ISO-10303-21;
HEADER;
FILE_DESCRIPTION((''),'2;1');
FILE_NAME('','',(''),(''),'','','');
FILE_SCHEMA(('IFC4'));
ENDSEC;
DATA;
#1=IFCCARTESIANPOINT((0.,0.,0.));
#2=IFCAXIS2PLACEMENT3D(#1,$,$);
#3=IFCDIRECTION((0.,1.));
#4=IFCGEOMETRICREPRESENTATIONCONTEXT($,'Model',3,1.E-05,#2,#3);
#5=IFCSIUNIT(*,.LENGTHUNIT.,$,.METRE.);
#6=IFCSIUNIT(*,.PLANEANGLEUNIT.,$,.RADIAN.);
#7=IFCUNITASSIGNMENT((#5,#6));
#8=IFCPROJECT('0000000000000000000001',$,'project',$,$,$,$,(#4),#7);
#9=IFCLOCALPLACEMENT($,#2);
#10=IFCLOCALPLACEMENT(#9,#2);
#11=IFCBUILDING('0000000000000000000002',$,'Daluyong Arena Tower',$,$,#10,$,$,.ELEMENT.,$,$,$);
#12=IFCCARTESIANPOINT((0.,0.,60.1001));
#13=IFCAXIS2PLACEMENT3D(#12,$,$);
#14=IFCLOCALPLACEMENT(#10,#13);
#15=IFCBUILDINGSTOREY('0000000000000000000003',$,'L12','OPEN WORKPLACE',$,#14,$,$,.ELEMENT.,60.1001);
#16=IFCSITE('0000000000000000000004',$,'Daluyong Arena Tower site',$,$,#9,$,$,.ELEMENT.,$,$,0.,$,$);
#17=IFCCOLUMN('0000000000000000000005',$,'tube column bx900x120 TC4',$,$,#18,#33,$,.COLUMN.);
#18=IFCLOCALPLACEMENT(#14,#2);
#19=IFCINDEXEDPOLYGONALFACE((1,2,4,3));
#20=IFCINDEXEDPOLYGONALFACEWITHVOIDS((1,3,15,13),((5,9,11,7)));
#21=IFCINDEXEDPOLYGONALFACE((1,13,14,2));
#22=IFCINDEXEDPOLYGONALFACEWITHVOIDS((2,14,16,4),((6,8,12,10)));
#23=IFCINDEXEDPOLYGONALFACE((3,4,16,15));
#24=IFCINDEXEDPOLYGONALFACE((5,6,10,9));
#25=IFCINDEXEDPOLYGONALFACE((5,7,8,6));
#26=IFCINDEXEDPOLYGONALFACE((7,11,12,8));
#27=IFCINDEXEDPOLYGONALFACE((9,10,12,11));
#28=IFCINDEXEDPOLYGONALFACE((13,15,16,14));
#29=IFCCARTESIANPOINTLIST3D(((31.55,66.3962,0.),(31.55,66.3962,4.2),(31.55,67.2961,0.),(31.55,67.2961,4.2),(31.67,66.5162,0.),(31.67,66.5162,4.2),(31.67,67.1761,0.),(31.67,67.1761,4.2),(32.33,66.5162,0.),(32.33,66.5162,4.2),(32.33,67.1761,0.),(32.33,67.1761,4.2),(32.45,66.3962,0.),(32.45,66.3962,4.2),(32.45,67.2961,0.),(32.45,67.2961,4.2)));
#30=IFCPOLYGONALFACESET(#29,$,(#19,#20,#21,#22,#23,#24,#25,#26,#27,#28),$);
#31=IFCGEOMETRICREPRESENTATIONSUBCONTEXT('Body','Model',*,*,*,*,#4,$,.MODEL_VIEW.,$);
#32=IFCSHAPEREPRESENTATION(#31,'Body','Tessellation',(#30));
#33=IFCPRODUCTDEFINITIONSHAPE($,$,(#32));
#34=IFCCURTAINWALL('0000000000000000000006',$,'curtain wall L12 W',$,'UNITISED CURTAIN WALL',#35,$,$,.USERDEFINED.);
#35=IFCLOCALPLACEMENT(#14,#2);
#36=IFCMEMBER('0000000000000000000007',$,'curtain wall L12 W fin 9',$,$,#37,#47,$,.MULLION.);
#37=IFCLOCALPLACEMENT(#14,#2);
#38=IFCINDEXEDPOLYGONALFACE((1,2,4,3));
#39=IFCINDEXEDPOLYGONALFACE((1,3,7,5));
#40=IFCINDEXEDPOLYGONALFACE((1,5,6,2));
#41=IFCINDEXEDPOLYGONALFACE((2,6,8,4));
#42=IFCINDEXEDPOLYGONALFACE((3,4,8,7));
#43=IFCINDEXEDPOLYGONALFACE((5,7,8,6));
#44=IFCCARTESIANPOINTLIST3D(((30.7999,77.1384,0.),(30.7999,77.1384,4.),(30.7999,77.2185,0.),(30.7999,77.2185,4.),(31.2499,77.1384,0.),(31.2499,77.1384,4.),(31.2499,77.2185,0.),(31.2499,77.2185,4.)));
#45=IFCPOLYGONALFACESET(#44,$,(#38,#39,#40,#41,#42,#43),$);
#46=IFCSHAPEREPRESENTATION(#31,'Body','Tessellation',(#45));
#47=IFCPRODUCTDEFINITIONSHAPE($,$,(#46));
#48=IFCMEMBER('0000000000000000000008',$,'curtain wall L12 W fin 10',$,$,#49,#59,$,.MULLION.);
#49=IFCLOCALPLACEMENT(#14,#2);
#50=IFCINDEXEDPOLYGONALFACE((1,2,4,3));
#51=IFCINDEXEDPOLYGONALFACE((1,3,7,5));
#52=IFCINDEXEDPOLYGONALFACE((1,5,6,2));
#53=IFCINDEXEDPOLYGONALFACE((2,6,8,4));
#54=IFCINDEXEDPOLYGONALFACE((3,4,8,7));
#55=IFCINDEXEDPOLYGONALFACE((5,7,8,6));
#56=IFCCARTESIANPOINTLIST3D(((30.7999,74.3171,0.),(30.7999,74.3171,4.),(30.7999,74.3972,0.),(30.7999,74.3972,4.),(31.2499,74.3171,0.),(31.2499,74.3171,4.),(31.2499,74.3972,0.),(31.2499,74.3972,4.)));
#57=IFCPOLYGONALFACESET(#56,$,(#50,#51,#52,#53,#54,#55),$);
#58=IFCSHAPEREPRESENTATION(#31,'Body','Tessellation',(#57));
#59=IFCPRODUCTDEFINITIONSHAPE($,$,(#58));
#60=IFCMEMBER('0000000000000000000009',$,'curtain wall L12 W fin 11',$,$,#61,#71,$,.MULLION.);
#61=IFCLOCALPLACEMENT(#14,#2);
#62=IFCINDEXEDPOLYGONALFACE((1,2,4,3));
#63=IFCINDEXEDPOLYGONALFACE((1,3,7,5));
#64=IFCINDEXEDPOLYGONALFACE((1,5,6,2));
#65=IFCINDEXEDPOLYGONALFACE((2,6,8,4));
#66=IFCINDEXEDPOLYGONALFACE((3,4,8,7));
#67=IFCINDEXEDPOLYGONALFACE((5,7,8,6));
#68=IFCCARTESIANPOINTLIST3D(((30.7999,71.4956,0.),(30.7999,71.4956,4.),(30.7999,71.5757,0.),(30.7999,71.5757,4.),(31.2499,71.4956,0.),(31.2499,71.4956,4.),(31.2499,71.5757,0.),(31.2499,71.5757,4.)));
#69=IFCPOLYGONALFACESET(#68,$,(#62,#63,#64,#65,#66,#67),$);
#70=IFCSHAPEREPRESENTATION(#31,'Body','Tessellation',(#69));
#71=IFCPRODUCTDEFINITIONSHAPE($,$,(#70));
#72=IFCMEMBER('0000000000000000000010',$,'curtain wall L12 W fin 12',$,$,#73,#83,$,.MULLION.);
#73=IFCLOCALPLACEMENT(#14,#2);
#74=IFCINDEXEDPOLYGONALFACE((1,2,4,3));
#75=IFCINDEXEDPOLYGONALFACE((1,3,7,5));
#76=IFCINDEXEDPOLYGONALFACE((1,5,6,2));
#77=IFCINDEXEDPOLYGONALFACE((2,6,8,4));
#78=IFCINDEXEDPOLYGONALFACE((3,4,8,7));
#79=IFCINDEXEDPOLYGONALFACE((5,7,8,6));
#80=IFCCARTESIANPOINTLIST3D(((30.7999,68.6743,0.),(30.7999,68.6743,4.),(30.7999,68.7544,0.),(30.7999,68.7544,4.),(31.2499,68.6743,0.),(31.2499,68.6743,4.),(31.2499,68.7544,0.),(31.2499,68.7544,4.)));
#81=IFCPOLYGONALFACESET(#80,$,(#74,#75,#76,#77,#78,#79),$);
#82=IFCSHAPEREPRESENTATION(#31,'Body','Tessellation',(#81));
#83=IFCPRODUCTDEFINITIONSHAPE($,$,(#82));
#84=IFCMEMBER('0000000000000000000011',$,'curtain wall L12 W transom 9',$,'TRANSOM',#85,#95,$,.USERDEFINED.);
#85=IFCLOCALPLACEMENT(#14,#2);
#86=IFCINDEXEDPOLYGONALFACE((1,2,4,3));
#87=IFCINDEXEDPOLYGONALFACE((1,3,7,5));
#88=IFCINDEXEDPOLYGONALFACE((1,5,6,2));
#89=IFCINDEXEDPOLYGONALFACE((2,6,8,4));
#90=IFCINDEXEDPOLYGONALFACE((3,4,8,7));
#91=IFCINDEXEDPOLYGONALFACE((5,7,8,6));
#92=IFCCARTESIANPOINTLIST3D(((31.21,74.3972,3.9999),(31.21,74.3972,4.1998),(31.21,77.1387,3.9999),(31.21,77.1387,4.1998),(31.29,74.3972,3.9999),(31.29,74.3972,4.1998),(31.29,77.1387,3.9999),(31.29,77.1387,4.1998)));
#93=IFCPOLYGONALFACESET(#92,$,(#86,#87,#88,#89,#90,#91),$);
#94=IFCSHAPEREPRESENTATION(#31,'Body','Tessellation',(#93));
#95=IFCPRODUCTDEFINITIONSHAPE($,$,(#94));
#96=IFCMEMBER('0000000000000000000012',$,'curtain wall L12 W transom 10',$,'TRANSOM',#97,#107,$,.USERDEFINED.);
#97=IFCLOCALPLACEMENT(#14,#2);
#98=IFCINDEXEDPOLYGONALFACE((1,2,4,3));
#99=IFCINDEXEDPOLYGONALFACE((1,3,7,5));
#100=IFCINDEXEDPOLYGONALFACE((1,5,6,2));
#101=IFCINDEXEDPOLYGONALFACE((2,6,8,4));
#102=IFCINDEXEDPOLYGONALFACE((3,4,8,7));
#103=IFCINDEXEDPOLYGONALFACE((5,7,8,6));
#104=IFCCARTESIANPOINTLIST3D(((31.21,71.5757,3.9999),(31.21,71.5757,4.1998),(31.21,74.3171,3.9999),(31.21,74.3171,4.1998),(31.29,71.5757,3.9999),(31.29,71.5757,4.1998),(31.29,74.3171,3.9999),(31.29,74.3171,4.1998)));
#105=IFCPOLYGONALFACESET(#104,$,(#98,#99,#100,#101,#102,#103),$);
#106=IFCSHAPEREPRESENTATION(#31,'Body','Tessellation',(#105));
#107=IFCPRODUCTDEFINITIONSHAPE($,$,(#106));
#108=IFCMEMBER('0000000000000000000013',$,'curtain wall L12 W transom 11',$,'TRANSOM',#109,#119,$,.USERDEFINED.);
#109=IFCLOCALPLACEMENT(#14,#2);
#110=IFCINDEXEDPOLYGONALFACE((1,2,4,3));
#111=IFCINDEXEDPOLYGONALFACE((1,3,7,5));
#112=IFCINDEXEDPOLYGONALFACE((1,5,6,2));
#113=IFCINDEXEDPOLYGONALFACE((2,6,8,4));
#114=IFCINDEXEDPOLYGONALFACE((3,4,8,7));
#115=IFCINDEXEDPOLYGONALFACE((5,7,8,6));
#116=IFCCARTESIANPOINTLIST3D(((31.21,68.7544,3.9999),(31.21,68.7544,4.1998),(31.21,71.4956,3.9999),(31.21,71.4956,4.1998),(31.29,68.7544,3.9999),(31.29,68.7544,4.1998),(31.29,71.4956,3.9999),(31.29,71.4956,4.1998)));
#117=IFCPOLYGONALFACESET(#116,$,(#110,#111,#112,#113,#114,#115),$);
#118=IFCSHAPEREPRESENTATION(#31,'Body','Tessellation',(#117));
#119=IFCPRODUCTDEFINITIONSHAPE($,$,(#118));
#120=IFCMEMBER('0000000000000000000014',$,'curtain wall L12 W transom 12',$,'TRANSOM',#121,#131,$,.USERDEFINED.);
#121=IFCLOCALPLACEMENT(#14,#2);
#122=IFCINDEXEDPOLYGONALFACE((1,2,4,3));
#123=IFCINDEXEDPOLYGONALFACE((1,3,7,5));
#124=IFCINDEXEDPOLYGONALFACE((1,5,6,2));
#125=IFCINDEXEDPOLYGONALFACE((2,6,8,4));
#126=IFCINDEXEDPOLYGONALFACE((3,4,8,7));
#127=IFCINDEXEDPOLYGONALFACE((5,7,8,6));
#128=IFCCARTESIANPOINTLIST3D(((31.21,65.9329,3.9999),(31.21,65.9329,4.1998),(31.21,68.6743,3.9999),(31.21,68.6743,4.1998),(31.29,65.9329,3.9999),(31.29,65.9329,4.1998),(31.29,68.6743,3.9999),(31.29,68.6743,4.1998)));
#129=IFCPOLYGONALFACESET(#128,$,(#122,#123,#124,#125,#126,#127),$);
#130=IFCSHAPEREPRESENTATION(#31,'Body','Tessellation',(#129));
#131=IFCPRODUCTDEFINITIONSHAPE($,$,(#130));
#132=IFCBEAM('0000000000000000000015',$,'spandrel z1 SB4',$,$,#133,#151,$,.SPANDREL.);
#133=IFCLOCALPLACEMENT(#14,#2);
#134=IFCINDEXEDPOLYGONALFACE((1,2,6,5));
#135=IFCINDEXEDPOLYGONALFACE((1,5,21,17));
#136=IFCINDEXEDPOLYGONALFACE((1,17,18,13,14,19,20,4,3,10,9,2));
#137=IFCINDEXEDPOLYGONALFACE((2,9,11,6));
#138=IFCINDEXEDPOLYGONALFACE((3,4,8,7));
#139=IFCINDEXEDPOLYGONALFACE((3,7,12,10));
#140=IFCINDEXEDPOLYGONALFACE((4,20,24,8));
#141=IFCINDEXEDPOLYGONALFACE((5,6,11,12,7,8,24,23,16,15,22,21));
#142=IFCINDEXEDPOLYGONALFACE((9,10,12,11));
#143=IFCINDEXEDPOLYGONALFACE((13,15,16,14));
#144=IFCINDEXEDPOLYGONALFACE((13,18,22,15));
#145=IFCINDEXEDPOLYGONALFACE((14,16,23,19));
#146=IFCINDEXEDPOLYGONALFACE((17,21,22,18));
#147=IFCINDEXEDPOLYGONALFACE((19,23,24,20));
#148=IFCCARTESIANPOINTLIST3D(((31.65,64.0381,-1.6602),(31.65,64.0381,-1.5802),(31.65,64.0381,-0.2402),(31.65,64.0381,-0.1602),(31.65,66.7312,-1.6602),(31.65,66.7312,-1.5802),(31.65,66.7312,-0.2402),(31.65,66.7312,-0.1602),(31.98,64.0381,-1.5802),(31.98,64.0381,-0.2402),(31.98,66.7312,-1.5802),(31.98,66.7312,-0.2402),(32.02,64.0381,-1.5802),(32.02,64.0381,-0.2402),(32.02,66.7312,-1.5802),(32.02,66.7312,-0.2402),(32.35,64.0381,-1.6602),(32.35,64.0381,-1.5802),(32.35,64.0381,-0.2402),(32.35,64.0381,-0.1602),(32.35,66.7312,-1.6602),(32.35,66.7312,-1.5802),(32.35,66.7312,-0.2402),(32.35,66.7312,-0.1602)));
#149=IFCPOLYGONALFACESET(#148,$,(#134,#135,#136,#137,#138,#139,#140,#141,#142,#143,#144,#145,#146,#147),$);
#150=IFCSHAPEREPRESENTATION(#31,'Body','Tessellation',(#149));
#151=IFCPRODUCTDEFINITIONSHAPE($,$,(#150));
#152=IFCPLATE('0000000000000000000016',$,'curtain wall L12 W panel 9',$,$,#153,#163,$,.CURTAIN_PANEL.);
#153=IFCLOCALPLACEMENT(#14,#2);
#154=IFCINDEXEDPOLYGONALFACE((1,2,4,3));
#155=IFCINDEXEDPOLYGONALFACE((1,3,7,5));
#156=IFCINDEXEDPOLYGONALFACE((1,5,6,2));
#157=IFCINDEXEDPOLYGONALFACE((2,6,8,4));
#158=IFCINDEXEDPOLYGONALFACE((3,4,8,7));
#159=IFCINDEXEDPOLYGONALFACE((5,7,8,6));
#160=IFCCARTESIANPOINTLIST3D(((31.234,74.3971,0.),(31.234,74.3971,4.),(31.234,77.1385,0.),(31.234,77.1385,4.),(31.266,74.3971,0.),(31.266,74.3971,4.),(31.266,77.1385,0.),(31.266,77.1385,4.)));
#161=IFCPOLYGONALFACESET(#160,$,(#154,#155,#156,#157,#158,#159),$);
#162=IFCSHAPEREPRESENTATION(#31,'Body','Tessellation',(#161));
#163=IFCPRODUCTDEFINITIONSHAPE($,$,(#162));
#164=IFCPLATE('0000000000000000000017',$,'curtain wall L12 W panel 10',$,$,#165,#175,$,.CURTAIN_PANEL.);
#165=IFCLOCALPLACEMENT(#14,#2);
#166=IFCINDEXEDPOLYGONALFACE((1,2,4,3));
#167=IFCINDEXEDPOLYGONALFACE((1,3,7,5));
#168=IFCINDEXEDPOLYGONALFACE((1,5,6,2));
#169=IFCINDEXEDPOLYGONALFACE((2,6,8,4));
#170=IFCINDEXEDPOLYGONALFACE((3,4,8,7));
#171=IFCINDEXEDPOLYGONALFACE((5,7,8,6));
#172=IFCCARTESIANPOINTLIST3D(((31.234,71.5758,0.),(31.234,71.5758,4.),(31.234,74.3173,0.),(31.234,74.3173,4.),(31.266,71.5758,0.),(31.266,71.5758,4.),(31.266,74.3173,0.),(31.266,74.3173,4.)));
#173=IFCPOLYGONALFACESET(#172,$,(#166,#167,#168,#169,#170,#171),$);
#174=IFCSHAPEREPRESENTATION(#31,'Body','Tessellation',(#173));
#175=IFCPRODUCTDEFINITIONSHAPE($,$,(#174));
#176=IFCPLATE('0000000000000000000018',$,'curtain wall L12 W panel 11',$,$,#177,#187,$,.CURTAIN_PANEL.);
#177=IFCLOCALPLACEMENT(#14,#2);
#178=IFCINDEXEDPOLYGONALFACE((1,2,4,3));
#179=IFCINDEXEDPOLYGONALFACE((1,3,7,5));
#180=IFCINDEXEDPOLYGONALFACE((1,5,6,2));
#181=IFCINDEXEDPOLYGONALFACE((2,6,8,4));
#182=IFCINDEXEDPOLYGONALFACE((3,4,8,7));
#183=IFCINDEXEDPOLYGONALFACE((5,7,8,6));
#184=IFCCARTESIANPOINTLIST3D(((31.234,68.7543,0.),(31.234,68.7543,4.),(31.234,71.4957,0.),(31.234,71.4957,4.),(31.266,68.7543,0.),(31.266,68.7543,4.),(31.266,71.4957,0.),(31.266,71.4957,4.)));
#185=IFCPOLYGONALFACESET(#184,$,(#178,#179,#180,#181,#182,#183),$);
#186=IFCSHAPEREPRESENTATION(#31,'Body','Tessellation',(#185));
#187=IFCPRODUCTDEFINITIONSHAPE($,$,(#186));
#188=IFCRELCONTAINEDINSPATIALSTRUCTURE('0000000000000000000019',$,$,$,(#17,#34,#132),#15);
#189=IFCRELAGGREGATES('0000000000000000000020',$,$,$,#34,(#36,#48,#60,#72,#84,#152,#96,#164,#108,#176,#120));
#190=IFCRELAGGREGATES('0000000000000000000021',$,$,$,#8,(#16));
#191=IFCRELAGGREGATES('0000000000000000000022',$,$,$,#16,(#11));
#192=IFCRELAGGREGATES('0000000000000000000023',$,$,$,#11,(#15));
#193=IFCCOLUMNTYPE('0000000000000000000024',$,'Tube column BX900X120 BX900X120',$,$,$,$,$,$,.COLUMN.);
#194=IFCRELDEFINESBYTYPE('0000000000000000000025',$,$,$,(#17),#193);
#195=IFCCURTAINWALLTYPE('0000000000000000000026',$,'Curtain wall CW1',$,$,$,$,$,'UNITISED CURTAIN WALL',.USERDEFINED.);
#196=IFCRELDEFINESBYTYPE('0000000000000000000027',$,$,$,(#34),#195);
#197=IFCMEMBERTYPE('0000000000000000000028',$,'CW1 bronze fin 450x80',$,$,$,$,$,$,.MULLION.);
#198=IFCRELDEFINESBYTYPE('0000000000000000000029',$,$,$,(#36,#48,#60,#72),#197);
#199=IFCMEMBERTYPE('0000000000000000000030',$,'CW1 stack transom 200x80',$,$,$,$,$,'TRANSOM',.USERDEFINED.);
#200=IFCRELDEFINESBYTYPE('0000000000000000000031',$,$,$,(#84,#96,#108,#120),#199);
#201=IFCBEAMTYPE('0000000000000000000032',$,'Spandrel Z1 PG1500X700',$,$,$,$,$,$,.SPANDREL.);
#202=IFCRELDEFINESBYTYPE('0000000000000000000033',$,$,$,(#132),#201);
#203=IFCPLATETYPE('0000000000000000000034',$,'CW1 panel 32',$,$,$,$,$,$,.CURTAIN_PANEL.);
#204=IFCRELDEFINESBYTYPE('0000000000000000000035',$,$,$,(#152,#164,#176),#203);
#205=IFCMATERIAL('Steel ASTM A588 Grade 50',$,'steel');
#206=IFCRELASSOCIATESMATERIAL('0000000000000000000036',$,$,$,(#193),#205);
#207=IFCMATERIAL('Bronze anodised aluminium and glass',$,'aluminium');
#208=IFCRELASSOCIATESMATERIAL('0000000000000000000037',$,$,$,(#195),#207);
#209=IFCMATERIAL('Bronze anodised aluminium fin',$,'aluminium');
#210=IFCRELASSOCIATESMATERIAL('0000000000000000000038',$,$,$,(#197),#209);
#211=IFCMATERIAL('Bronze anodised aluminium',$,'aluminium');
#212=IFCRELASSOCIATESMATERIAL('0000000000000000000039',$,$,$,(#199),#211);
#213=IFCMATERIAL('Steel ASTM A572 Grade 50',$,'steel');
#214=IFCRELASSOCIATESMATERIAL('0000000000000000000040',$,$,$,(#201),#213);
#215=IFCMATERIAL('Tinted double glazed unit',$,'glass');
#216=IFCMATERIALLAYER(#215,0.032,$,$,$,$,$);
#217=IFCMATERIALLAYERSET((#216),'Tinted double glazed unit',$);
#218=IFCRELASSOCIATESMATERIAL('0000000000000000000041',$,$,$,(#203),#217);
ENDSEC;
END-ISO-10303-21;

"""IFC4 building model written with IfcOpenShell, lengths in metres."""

from ifc_helpers import new_model, si_unit, direction, frame, origin, origin_2d, place, context, subcontext, project, spatial, rectangle, hollow_rectangle, i_section, extrude, material, layer, layer_set, material_profile, profile_set, type_object, element, aggregate, save


model = new_model("IFC4")

# Units and contexts
model_context = context("Model", 3, precision=1e-05, world=origin(), true_north=direction((0.0, 1.0)))
body_context = subcontext(model_context, "Body", "Model", "MODEL_VIEW")
ifc_project = project(units=[si_unit("LENGTHUNIT", "METRE"), si_unit("PLANEANGLEUNIT", "RADIAN")], contexts=[model_context])

# Site, building, storey
site_placement = place(None, origin())
site = spatial("IfcSite", under=ifc_project, at=site_placement, Name="Daluyong Arena Tower site", CompositionType="ELEMENT", RefElevation=0.0)
building_placement = place(site_placement, origin())
building = spatial("IfcBuilding", under=site, at=building_placement, Name="Daluyong Arena Tower", CompositionType="ELEMENT")
storey_placement = place(building_placement, frame((0.0, 0.0, 60.1001)))
storey = spatial("IfcBuildingStorey", under=building, at=storey_placement, Name="L12", Description="OPEN WORKPLACE", CompositionType="ELEMENT", Elevation=60.1001)

# Column
ifc_material_1 = material(Name="Steel ASTM A588 Grade 50", Category="steel")
ifc_material_profile_1 = material_profile(ifc_material_1, hollow_rectangle(XDim=0.8999, YDim=0.8999, WallThickness=0.12, at=origin_2d()))
ifc_profile_set_1 = profile_set([ifc_material_profile_1], Name="Steel ASTM A588 Grade 50")
column_type = type_object("IfcColumnType", Name="Tube column BX900X120 BX900X120", PredefinedType="COLUMN", material=ifc_profile_set_1)
column_placement = place(storey_placement, frame((32.0, 66.8462, 0.0), z_axis=(0.0, 0.0, 1.0), x_axis=(0.0, 1.0, 0.0)))
element("IfcColumn", 1, at=column_placement, inside=storey, type_object=column_type, Name="tube column bx900x120 TC4", PredefinedType="COLUMN", context=body_context, shape_type="SweptSolid", body=[
    extrude(hollow_rectangle(XDim=0.8999, YDim=0.8999, WallThickness=0.12, at=origin_2d()), origin(), (0.0, 0.0, 1.0), 4.2),
])

# Curtain wall, members
ifc_material_2 = material(Name="Bronze anodised aluminium and glass", Category="aluminium")
curtain_wall_type = type_object("IfcCurtainWallType", Name="Curtain wall CW1", ElementType="UNITISED CURTAIN WALL", PredefinedType="USERDEFINED", material=ifc_material_2)
curtain_wall_placement = place(storey_placement, origin())
curtain_wall = element("IfcCurtainWall", 2, at=curtain_wall_placement, inside=storey, type_object=curtain_wall_type, Name="curtain wall L12 W", ObjectType="UNITISED CURTAIN WALL", PredefinedType="USERDEFINED")
ifc_material_3 = material(Name="Bronze anodised aluminium fin", Category="aluminium")
ifc_material_profile_2 = material_profile(ifc_material_3, rectangle(XDim=0.45, YDim=0.0801, at=origin_2d()))
ifc_profile_set_2 = profile_set([ifc_material_profile_2], Name="Bronze anodised aluminium fin")
member_type_1 = type_object("IfcMemberType", Name="CW1 bronze fin 450x80", PredefinedType="MULLION", material=ifc_profile_set_2)
member_1_placement = place(storey_placement, frame((31.0249, 77.1785, 0.0), z_axis=(0.0, 0.0, 1.0), x_axis=(1.0, 0.0, 0.0)))
member_1 = element("IfcMember", 3, at=member_1_placement, type_object=member_type_1, Name="curtain wall L12 W fin 9", PredefinedType="MULLION", context=body_context, shape_type="SweptSolid", body=[
    extrude(rectangle(XDim=0.45, YDim=0.0801, at=origin_2d()), origin(), (0.0, 0.0, 1.0), 4.0),
])
member_2_placement = place(storey_placement, frame((31.0249, 74.3572, 0.0), z_axis=(0.0, 0.0, 1.0), x_axis=(1.0, 0.0, 0.0)))
member_2 = element("IfcMember", 4, at=member_2_placement, type_object=member_type_1, Name="curtain wall L12 W fin 10", PredefinedType="MULLION", context=body_context, shape_type="SweptSolid", body=[
    extrude(rectangle(XDim=0.45, YDim=0.0801, at=origin_2d()), origin(), (0.0, 0.0, 1.0), 4.0),
])
member_3_placement = place(storey_placement, frame((31.0249, 71.5356, 0.0), z_axis=(0.0, 0.0, 1.0), x_axis=(1.0, 0.0, 0.0)))
member_3 = element("IfcMember", 5, at=member_3_placement, type_object=member_type_1, Name="curtain wall L12 W fin 11", PredefinedType="MULLION", context=body_context, shape_type="SweptSolid", body=[
    extrude(rectangle(XDim=0.45, YDim=0.0801, at=origin_2d()), origin(), (0.0, 0.0, 1.0), 4.0),
])
member_4_placement = place(storey_placement, frame((31.0249, 68.7144, 0.0), z_axis=(0.0, 0.0, 1.0), x_axis=(1.0, 0.0, 0.0)))
member_4 = element("IfcMember", 6, at=member_4_placement, type_object=member_type_1, Name="curtain wall L12 W fin 12", PredefinedType="MULLION", context=body_context, shape_type="SweptSolid", body=[
    extrude(rectangle(XDim=0.45, YDim=0.0801, at=origin_2d()), origin(), (0.0, 0.0, 1.0), 4.0),
])
ifc_material_4 = material(Name="Bronze anodised aluminium", Category="aluminium")
ifc_material_profile_3 = material_profile(ifc_material_4, rectangle(XDim=0.0801, YDim=0.2, at=origin_2d()))
ifc_profile_set_3 = profile_set([ifc_material_profile_3], Name="Bronze anodised aluminium")
member_type_2 = type_object("IfcMemberType", Name="CW1 stack transom 200x80", ElementType="TRANSOM", PredefinedType="USERDEFINED", material=ifc_profile_set_3)
member_5_placement = place(storey_placement, frame((31.25, 77.1387, 4.0999), z_axis=(0.0, -1.0, 0.0), x_axis=(1.0, 0.0, 0.0)))
member_5 = element("IfcMember", 7, at=member_5_placement, type_object=member_type_2, Name="curtain wall L12 W transom 9", ObjectType="TRANSOM", PredefinedType="USERDEFINED", context=body_context, shape_type="SweptSolid", body=[
    extrude(rectangle(XDim=0.0801, YDim=0.2, at=origin_2d()), origin(), (0.0, 0.0, 1.0), 2.7415),
])
member_6_placement = place(storey_placement, frame((31.25, 74.3171, 4.0999), z_axis=(0.0, -1.0, 0.0), x_axis=(1.0, 0.0, 0.0)))
member_6 = element("IfcMember", 8, at=member_6_placement, type_object=member_type_2, Name="curtain wall L12 W transom 10", ObjectType="TRANSOM", PredefinedType="USERDEFINED", context=body_context, shape_type="SweptSolid", body=[
    extrude(rectangle(XDim=0.0801, YDim=0.2, at=origin_2d()), origin(), (0.0, 0.0, 1.0), 2.7415),
])
member_7_placement = place(storey_placement, frame((31.25, 71.4956, 4.0999), z_axis=(0.0, -1.0, 0.0), x_axis=(1.0, 0.0, 0.0)))
member_7 = element("IfcMember", 9, at=member_7_placement, type_object=member_type_2, Name="curtain wall L12 W transom 11", ObjectType="TRANSOM", PredefinedType="USERDEFINED", context=body_context, shape_type="SweptSolid", body=[
    extrude(rectangle(XDim=0.0801, YDim=0.2, at=origin_2d()), origin(), (0.0, 0.0, 1.0), 2.7412),
])
member_8_placement = place(storey_placement, frame((31.25, 68.6743, 4.0999), z_axis=(0.0, -1.0, 0.0), x_axis=(1.0, 0.0, 0.0)))
member_8 = element("IfcMember", 10, at=member_8_placement, type_object=member_type_2, Name="curtain wall L12 W transom 12", ObjectType="TRANSOM", PredefinedType="USERDEFINED", context=body_context, shape_type="SweptSolid", body=[
    extrude(rectangle(XDim=0.0801, YDim=0.2, at=origin_2d()), origin(), (0.0, 0.0, 1.0), 2.7415),
])

# Beam
ifc_material_5 = material(Name="Steel ASTM A572 Grade 50", Category="steel")
ifc_material_profile_4 = material_profile(ifc_material_5, i_section(OverallWidth=0.7, OverallDepth=1.5, WebThickness=0.04, FlangeThickness=0.08, at=origin_2d()))
ifc_profile_set_4 = profile_set([ifc_material_profile_4], Name="Steel ASTM A572 Grade 50")
beam_type = type_object("IfcBeamType", Name="Spandrel Z1 PG1500X700", PredefinedType="SPANDREL", material=ifc_profile_set_4)
beam_placement = place(storey_placement, frame((32.0, 66.7312, -0.9102), z_axis=(0.0, -1.0, 0.0), x_axis=(1.0, 0.0, 0.0)))
element("IfcBeam", 11, at=beam_placement, inside=storey, type_object=beam_type, Name="spandrel z1 SB4", PredefinedType="SPANDREL", context=body_context, shape_type="SweptSolid", body=[
    extrude(i_section(OverallWidth=0.7, OverallDepth=1.5, WebThickness=0.04, FlangeThickness=0.08, at=origin_2d()), origin(), (0.0, 0.0, 1.0), 2.6931),
])

# Plates
ifc_material_6 = material(Name="Tinted double glazed unit", Category="glass")
ifc_layer_1 = layer(ifc_material_6, 0.032)
ifc_layer_set_1 = layer_set([ifc_layer_1], Name="Tinted double glazed unit")
plate_type = type_object("IfcPlateType", Name="CW1 panel 32", PredefinedType="CURTAIN_PANEL", material=ifc_layer_set_1)
plate_1_placement = place(storey_placement, frame((31.25, 75.7678, 0.0), z_axis=(0.0, 0.0, 1.0), x_axis=(0.0, -1.0, 0.0)))
plate_1 = element("IfcPlate", 12, at=plate_1_placement, type_object=plate_type, Name="curtain wall L12 W panel 9", PredefinedType="CURTAIN_PANEL", context=body_context, shape_type="SweptSolid", body=[
    extrude(rectangle(XDim=2.7415, YDim=0.032, at=origin_2d()), origin(), (0.0, 0.0, 1.0), 4.0),
])
plate_2_placement = place(storey_placement, frame((31.25, 72.9465, 0.0), z_axis=(0.0, 0.0, 1.0), x_axis=(0.0, -1.0, 0.0)))
plate_2 = element("IfcPlate", 13, at=plate_2_placement, type_object=plate_type, Name="curtain wall L12 W panel 10", PredefinedType="CURTAIN_PANEL", context=body_context, shape_type="SweptSolid", body=[
    extrude(rectangle(XDim=2.7415, YDim=0.032, at=origin_2d()), origin(), (0.0, 0.0, 1.0), 4.0),
])
plate_3_placement = place(storey_placement, frame((31.25, 70.125, 0.0), z_axis=(0.0, 0.0, 1.0), x_axis=(0.0, -1.0, 0.0)))
plate_3 = element("IfcPlate", 14, at=plate_3_placement, type_object=plate_type, Name="curtain wall L12 W panel 11", PredefinedType="CURTAIN_PANEL", context=body_context, shape_type="SweptSolid", body=[
    extrude(rectangle(XDim=2.7415, YDim=0.032, at=origin_2d()), origin(), (0.0, 0.0, 1.0), 4.0),
])
aggregate(curtain_wall, [member_1, member_2, member_3, member_4, member_5, plate_1, member_6, plate_2, member_7, plate_3, member_8])

save(model, "model.ifc")
